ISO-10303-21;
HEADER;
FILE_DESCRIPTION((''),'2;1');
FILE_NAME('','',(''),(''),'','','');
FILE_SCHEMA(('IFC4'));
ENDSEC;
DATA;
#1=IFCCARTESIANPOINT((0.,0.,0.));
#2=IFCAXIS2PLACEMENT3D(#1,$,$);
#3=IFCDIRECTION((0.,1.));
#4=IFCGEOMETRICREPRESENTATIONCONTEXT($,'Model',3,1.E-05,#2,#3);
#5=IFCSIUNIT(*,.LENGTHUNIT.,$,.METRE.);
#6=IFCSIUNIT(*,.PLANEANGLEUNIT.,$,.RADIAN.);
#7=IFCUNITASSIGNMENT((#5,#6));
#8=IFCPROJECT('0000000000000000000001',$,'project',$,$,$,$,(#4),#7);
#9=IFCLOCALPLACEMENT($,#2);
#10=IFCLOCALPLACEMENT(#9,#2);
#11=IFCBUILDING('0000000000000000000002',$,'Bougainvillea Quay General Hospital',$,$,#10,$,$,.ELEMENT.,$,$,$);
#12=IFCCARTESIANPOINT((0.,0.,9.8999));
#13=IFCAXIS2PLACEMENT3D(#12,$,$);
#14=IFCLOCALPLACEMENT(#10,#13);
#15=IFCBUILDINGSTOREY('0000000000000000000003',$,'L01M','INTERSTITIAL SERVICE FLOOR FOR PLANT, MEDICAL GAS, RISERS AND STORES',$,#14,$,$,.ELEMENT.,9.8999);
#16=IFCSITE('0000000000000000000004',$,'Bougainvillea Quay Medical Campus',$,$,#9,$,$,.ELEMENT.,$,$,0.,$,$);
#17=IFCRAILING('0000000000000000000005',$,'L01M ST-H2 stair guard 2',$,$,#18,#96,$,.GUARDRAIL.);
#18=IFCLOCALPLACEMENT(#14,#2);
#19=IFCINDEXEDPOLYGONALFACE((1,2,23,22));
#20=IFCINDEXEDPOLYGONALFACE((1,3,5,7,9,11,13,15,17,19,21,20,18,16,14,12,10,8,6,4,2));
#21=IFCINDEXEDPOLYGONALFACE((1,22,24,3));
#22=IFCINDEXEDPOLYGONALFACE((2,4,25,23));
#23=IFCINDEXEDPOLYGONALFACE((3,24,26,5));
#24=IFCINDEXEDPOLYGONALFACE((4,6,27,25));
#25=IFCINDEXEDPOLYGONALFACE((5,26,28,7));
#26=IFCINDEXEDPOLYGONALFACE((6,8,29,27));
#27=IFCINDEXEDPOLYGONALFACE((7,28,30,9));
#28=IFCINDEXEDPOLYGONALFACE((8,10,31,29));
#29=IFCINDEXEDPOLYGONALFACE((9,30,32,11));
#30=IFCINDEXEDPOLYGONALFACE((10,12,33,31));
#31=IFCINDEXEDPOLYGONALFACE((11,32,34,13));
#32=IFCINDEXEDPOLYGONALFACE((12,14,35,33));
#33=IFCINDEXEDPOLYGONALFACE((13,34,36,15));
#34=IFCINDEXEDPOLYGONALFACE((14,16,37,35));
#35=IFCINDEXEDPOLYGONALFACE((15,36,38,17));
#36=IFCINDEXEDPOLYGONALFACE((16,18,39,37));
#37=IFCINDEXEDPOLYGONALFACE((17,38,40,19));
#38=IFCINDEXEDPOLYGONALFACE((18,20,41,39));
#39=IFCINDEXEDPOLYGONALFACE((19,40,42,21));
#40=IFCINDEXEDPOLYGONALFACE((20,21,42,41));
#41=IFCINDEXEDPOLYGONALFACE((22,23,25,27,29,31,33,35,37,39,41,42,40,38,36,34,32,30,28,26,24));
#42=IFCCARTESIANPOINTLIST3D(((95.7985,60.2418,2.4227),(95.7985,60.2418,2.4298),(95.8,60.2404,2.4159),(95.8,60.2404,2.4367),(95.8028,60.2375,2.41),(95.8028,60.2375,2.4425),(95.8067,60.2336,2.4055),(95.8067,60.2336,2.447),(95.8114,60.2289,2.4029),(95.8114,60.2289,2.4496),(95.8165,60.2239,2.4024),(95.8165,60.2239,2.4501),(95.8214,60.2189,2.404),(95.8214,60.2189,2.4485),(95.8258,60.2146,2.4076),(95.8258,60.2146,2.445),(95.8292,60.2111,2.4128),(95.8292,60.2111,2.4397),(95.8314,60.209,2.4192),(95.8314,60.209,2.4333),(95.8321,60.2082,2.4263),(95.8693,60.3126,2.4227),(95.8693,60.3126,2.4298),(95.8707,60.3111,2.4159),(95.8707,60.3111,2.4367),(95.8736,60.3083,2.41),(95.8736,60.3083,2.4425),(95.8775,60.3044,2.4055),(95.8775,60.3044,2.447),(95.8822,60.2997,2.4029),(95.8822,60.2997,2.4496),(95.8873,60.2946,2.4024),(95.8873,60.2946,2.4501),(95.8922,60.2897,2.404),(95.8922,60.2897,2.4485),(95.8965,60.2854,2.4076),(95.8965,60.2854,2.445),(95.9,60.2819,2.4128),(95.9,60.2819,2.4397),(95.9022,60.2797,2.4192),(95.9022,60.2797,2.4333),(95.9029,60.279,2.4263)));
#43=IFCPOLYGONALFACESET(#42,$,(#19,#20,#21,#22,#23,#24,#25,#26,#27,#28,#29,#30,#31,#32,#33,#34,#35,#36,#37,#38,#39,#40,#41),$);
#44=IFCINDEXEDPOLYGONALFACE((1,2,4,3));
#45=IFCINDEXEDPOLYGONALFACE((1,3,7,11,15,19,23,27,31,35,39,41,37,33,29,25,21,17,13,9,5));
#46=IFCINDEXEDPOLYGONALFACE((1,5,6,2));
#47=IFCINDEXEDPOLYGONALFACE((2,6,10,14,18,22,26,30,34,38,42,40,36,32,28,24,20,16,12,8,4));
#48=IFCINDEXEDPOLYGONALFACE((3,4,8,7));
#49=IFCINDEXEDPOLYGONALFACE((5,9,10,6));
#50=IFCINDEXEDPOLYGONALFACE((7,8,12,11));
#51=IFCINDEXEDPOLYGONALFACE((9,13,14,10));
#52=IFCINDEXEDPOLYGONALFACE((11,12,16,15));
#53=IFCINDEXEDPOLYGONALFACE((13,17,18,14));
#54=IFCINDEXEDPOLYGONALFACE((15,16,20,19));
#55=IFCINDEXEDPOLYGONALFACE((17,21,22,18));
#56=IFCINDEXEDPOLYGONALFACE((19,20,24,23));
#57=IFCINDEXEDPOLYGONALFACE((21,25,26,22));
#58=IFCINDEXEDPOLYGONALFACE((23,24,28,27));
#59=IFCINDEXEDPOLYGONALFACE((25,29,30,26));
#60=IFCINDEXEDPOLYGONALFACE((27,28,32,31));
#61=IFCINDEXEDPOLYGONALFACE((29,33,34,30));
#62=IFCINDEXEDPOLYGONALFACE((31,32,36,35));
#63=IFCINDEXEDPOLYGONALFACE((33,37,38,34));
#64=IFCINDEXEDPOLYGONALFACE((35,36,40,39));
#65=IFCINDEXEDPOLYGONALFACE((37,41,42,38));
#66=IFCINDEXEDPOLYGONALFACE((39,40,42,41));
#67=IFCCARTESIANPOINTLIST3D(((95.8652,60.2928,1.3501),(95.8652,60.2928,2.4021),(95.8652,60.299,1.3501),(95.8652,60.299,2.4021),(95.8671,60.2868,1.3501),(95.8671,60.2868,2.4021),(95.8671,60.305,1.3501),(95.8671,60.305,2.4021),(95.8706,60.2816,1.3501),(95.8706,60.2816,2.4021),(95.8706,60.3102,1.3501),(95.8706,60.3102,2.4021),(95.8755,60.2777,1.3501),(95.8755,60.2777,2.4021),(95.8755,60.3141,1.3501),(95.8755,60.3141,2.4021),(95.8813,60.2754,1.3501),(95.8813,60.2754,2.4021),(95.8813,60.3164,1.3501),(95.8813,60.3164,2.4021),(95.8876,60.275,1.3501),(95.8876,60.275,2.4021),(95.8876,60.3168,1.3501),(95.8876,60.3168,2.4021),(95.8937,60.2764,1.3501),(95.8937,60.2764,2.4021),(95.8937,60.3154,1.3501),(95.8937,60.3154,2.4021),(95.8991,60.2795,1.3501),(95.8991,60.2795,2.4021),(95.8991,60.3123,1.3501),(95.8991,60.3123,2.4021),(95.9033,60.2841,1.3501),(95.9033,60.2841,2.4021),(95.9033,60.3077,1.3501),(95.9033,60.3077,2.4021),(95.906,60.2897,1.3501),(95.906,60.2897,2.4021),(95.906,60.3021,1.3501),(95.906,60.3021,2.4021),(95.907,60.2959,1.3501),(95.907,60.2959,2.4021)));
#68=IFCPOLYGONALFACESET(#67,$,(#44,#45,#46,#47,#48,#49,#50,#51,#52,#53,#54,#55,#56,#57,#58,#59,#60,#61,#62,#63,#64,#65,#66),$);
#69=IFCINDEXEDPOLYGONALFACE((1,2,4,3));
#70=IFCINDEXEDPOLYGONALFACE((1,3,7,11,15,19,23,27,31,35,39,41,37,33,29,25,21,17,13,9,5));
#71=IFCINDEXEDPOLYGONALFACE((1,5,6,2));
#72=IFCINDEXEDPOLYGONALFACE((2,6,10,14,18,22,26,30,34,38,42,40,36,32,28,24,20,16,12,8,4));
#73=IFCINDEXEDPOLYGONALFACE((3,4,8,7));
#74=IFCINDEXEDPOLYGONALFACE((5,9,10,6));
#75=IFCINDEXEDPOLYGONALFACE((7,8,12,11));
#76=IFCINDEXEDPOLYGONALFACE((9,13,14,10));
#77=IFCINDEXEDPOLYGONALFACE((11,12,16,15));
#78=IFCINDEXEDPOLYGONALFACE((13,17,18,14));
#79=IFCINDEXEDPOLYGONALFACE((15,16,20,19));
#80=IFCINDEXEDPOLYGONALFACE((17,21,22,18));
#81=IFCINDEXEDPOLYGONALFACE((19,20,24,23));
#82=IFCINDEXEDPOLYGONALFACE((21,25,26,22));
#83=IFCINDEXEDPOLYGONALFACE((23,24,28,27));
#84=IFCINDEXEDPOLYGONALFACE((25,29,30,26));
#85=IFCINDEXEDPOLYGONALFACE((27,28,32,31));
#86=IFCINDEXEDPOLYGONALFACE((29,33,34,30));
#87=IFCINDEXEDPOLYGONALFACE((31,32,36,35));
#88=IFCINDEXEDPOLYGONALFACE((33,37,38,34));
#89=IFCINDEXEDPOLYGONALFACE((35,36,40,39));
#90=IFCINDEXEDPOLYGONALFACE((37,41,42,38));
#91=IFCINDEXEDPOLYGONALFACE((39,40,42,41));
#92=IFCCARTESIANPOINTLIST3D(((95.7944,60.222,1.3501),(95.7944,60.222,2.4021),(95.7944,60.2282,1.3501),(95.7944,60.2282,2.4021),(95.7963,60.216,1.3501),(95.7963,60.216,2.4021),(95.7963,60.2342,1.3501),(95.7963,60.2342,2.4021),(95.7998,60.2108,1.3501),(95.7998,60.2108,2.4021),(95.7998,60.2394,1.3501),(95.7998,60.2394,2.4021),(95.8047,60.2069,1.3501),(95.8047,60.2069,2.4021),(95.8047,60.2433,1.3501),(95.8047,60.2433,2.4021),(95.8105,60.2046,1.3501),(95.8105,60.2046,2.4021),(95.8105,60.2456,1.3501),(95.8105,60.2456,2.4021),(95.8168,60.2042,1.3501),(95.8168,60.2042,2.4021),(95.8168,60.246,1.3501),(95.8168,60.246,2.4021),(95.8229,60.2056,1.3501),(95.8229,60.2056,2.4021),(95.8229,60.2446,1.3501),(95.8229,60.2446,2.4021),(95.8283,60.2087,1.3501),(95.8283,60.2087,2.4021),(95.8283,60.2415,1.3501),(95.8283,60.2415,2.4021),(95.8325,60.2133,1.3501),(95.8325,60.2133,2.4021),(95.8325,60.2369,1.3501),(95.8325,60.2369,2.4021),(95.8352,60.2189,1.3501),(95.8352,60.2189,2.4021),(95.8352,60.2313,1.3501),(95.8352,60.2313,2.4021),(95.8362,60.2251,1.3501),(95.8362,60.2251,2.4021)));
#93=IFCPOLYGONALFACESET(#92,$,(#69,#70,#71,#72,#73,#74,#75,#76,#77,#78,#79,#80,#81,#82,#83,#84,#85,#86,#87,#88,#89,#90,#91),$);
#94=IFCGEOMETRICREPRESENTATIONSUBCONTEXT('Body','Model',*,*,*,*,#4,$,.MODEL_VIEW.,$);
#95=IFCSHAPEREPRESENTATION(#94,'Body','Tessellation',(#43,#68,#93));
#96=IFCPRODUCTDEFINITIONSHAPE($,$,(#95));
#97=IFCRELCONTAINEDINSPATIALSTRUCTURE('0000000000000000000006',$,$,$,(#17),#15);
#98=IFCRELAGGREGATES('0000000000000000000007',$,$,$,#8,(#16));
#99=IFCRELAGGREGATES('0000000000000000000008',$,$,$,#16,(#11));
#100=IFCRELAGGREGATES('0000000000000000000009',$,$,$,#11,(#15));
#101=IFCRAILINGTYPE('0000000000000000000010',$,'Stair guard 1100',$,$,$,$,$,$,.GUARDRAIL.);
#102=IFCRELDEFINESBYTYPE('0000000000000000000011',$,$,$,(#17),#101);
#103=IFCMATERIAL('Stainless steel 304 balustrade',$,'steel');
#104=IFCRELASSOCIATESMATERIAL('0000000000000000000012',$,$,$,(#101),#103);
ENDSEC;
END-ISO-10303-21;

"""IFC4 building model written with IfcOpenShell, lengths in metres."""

from ifc_helpers import new_model, si_unit, direction, frame, origin, origin_2d, place, context, subcontext, project, spatial, circle, extrude, material, type_object, element, save


model = new_model("IFC4")

# Units and contexts
model_context = context("Model", 3, precision=1e-05, world=origin(), true_north=direction((0.0, 1.0)))
body_context = subcontext(model_context, "Body", "Model", "MODEL_VIEW")
ifc_project = project(units=[si_unit("LENGTHUNIT", "METRE"), si_unit("PLANEANGLEUNIT", "RADIAN")], contexts=[model_context])

# Site, building, storey
site_placement = place(None, origin())
site = spatial("IfcSite", under=ifc_project, at=site_placement, Name="Bougainvillea Quay Medical Campus", CompositionType="ELEMENT", RefElevation=0.0)
building_placement = place(site_placement, origin())
building = spatial("IfcBuilding", under=site, at=building_placement, Name="Bougainvillea Quay General Hospital", CompositionType="ELEMENT")
storey_placement = place(building_placement, frame((0.0, 0.0, 9.8999)))
storey = spatial("IfcBuildingStorey", under=building, at=storey_placement, Name="L01M", Description="INTERSTITIAL SERVICE FLOOR FOR PLANT, MEDICAL GAS, RISERS AND STORES", CompositionType="ELEMENT", Elevation=9.8999)

# Railing
ifc_material_1 = material(Name="Stainless steel 304 balustrade", Category="steel")
railing_type_1 = type_object("IfcRailingType", Name="Stair guard 1100", PredefinedType="GUARDRAIL", material=ifc_material_1)
railing_1_placement = place(storey_placement, frame((95.886, 60.2959, 1.3501)))
element("IfcRailing", 1, at=railing_1_placement, inside=storey, type_object=railing_type_1, Name="L01M ST-H2 stair guard 2", PredefinedType="GUARDRAIL", context=body_context, shape_type="SweptSolid", body=[
    extrude(circle(Radius=0.0239, at=origin_2d()), frame((0.0, 0.0, 1.0762), z_axis=(-0.707107, -0.707107, 0.0), x_axis=(0.707107, -0.707107, 0.0)), (0.0, 0.0, 1.0), 0.1001),
    extrude(circle(Radius=0.021, at=origin_2d()), origin(), (0.0, 0.0, 1.0), 1.052),
    extrude(circle(Radius=0.021, at=origin_2d()), frame((-0.0708, -0.0708, 0.0)), (0.0, 0.0, 1.0), 1.052),
])

save(model, "model.ifc")
